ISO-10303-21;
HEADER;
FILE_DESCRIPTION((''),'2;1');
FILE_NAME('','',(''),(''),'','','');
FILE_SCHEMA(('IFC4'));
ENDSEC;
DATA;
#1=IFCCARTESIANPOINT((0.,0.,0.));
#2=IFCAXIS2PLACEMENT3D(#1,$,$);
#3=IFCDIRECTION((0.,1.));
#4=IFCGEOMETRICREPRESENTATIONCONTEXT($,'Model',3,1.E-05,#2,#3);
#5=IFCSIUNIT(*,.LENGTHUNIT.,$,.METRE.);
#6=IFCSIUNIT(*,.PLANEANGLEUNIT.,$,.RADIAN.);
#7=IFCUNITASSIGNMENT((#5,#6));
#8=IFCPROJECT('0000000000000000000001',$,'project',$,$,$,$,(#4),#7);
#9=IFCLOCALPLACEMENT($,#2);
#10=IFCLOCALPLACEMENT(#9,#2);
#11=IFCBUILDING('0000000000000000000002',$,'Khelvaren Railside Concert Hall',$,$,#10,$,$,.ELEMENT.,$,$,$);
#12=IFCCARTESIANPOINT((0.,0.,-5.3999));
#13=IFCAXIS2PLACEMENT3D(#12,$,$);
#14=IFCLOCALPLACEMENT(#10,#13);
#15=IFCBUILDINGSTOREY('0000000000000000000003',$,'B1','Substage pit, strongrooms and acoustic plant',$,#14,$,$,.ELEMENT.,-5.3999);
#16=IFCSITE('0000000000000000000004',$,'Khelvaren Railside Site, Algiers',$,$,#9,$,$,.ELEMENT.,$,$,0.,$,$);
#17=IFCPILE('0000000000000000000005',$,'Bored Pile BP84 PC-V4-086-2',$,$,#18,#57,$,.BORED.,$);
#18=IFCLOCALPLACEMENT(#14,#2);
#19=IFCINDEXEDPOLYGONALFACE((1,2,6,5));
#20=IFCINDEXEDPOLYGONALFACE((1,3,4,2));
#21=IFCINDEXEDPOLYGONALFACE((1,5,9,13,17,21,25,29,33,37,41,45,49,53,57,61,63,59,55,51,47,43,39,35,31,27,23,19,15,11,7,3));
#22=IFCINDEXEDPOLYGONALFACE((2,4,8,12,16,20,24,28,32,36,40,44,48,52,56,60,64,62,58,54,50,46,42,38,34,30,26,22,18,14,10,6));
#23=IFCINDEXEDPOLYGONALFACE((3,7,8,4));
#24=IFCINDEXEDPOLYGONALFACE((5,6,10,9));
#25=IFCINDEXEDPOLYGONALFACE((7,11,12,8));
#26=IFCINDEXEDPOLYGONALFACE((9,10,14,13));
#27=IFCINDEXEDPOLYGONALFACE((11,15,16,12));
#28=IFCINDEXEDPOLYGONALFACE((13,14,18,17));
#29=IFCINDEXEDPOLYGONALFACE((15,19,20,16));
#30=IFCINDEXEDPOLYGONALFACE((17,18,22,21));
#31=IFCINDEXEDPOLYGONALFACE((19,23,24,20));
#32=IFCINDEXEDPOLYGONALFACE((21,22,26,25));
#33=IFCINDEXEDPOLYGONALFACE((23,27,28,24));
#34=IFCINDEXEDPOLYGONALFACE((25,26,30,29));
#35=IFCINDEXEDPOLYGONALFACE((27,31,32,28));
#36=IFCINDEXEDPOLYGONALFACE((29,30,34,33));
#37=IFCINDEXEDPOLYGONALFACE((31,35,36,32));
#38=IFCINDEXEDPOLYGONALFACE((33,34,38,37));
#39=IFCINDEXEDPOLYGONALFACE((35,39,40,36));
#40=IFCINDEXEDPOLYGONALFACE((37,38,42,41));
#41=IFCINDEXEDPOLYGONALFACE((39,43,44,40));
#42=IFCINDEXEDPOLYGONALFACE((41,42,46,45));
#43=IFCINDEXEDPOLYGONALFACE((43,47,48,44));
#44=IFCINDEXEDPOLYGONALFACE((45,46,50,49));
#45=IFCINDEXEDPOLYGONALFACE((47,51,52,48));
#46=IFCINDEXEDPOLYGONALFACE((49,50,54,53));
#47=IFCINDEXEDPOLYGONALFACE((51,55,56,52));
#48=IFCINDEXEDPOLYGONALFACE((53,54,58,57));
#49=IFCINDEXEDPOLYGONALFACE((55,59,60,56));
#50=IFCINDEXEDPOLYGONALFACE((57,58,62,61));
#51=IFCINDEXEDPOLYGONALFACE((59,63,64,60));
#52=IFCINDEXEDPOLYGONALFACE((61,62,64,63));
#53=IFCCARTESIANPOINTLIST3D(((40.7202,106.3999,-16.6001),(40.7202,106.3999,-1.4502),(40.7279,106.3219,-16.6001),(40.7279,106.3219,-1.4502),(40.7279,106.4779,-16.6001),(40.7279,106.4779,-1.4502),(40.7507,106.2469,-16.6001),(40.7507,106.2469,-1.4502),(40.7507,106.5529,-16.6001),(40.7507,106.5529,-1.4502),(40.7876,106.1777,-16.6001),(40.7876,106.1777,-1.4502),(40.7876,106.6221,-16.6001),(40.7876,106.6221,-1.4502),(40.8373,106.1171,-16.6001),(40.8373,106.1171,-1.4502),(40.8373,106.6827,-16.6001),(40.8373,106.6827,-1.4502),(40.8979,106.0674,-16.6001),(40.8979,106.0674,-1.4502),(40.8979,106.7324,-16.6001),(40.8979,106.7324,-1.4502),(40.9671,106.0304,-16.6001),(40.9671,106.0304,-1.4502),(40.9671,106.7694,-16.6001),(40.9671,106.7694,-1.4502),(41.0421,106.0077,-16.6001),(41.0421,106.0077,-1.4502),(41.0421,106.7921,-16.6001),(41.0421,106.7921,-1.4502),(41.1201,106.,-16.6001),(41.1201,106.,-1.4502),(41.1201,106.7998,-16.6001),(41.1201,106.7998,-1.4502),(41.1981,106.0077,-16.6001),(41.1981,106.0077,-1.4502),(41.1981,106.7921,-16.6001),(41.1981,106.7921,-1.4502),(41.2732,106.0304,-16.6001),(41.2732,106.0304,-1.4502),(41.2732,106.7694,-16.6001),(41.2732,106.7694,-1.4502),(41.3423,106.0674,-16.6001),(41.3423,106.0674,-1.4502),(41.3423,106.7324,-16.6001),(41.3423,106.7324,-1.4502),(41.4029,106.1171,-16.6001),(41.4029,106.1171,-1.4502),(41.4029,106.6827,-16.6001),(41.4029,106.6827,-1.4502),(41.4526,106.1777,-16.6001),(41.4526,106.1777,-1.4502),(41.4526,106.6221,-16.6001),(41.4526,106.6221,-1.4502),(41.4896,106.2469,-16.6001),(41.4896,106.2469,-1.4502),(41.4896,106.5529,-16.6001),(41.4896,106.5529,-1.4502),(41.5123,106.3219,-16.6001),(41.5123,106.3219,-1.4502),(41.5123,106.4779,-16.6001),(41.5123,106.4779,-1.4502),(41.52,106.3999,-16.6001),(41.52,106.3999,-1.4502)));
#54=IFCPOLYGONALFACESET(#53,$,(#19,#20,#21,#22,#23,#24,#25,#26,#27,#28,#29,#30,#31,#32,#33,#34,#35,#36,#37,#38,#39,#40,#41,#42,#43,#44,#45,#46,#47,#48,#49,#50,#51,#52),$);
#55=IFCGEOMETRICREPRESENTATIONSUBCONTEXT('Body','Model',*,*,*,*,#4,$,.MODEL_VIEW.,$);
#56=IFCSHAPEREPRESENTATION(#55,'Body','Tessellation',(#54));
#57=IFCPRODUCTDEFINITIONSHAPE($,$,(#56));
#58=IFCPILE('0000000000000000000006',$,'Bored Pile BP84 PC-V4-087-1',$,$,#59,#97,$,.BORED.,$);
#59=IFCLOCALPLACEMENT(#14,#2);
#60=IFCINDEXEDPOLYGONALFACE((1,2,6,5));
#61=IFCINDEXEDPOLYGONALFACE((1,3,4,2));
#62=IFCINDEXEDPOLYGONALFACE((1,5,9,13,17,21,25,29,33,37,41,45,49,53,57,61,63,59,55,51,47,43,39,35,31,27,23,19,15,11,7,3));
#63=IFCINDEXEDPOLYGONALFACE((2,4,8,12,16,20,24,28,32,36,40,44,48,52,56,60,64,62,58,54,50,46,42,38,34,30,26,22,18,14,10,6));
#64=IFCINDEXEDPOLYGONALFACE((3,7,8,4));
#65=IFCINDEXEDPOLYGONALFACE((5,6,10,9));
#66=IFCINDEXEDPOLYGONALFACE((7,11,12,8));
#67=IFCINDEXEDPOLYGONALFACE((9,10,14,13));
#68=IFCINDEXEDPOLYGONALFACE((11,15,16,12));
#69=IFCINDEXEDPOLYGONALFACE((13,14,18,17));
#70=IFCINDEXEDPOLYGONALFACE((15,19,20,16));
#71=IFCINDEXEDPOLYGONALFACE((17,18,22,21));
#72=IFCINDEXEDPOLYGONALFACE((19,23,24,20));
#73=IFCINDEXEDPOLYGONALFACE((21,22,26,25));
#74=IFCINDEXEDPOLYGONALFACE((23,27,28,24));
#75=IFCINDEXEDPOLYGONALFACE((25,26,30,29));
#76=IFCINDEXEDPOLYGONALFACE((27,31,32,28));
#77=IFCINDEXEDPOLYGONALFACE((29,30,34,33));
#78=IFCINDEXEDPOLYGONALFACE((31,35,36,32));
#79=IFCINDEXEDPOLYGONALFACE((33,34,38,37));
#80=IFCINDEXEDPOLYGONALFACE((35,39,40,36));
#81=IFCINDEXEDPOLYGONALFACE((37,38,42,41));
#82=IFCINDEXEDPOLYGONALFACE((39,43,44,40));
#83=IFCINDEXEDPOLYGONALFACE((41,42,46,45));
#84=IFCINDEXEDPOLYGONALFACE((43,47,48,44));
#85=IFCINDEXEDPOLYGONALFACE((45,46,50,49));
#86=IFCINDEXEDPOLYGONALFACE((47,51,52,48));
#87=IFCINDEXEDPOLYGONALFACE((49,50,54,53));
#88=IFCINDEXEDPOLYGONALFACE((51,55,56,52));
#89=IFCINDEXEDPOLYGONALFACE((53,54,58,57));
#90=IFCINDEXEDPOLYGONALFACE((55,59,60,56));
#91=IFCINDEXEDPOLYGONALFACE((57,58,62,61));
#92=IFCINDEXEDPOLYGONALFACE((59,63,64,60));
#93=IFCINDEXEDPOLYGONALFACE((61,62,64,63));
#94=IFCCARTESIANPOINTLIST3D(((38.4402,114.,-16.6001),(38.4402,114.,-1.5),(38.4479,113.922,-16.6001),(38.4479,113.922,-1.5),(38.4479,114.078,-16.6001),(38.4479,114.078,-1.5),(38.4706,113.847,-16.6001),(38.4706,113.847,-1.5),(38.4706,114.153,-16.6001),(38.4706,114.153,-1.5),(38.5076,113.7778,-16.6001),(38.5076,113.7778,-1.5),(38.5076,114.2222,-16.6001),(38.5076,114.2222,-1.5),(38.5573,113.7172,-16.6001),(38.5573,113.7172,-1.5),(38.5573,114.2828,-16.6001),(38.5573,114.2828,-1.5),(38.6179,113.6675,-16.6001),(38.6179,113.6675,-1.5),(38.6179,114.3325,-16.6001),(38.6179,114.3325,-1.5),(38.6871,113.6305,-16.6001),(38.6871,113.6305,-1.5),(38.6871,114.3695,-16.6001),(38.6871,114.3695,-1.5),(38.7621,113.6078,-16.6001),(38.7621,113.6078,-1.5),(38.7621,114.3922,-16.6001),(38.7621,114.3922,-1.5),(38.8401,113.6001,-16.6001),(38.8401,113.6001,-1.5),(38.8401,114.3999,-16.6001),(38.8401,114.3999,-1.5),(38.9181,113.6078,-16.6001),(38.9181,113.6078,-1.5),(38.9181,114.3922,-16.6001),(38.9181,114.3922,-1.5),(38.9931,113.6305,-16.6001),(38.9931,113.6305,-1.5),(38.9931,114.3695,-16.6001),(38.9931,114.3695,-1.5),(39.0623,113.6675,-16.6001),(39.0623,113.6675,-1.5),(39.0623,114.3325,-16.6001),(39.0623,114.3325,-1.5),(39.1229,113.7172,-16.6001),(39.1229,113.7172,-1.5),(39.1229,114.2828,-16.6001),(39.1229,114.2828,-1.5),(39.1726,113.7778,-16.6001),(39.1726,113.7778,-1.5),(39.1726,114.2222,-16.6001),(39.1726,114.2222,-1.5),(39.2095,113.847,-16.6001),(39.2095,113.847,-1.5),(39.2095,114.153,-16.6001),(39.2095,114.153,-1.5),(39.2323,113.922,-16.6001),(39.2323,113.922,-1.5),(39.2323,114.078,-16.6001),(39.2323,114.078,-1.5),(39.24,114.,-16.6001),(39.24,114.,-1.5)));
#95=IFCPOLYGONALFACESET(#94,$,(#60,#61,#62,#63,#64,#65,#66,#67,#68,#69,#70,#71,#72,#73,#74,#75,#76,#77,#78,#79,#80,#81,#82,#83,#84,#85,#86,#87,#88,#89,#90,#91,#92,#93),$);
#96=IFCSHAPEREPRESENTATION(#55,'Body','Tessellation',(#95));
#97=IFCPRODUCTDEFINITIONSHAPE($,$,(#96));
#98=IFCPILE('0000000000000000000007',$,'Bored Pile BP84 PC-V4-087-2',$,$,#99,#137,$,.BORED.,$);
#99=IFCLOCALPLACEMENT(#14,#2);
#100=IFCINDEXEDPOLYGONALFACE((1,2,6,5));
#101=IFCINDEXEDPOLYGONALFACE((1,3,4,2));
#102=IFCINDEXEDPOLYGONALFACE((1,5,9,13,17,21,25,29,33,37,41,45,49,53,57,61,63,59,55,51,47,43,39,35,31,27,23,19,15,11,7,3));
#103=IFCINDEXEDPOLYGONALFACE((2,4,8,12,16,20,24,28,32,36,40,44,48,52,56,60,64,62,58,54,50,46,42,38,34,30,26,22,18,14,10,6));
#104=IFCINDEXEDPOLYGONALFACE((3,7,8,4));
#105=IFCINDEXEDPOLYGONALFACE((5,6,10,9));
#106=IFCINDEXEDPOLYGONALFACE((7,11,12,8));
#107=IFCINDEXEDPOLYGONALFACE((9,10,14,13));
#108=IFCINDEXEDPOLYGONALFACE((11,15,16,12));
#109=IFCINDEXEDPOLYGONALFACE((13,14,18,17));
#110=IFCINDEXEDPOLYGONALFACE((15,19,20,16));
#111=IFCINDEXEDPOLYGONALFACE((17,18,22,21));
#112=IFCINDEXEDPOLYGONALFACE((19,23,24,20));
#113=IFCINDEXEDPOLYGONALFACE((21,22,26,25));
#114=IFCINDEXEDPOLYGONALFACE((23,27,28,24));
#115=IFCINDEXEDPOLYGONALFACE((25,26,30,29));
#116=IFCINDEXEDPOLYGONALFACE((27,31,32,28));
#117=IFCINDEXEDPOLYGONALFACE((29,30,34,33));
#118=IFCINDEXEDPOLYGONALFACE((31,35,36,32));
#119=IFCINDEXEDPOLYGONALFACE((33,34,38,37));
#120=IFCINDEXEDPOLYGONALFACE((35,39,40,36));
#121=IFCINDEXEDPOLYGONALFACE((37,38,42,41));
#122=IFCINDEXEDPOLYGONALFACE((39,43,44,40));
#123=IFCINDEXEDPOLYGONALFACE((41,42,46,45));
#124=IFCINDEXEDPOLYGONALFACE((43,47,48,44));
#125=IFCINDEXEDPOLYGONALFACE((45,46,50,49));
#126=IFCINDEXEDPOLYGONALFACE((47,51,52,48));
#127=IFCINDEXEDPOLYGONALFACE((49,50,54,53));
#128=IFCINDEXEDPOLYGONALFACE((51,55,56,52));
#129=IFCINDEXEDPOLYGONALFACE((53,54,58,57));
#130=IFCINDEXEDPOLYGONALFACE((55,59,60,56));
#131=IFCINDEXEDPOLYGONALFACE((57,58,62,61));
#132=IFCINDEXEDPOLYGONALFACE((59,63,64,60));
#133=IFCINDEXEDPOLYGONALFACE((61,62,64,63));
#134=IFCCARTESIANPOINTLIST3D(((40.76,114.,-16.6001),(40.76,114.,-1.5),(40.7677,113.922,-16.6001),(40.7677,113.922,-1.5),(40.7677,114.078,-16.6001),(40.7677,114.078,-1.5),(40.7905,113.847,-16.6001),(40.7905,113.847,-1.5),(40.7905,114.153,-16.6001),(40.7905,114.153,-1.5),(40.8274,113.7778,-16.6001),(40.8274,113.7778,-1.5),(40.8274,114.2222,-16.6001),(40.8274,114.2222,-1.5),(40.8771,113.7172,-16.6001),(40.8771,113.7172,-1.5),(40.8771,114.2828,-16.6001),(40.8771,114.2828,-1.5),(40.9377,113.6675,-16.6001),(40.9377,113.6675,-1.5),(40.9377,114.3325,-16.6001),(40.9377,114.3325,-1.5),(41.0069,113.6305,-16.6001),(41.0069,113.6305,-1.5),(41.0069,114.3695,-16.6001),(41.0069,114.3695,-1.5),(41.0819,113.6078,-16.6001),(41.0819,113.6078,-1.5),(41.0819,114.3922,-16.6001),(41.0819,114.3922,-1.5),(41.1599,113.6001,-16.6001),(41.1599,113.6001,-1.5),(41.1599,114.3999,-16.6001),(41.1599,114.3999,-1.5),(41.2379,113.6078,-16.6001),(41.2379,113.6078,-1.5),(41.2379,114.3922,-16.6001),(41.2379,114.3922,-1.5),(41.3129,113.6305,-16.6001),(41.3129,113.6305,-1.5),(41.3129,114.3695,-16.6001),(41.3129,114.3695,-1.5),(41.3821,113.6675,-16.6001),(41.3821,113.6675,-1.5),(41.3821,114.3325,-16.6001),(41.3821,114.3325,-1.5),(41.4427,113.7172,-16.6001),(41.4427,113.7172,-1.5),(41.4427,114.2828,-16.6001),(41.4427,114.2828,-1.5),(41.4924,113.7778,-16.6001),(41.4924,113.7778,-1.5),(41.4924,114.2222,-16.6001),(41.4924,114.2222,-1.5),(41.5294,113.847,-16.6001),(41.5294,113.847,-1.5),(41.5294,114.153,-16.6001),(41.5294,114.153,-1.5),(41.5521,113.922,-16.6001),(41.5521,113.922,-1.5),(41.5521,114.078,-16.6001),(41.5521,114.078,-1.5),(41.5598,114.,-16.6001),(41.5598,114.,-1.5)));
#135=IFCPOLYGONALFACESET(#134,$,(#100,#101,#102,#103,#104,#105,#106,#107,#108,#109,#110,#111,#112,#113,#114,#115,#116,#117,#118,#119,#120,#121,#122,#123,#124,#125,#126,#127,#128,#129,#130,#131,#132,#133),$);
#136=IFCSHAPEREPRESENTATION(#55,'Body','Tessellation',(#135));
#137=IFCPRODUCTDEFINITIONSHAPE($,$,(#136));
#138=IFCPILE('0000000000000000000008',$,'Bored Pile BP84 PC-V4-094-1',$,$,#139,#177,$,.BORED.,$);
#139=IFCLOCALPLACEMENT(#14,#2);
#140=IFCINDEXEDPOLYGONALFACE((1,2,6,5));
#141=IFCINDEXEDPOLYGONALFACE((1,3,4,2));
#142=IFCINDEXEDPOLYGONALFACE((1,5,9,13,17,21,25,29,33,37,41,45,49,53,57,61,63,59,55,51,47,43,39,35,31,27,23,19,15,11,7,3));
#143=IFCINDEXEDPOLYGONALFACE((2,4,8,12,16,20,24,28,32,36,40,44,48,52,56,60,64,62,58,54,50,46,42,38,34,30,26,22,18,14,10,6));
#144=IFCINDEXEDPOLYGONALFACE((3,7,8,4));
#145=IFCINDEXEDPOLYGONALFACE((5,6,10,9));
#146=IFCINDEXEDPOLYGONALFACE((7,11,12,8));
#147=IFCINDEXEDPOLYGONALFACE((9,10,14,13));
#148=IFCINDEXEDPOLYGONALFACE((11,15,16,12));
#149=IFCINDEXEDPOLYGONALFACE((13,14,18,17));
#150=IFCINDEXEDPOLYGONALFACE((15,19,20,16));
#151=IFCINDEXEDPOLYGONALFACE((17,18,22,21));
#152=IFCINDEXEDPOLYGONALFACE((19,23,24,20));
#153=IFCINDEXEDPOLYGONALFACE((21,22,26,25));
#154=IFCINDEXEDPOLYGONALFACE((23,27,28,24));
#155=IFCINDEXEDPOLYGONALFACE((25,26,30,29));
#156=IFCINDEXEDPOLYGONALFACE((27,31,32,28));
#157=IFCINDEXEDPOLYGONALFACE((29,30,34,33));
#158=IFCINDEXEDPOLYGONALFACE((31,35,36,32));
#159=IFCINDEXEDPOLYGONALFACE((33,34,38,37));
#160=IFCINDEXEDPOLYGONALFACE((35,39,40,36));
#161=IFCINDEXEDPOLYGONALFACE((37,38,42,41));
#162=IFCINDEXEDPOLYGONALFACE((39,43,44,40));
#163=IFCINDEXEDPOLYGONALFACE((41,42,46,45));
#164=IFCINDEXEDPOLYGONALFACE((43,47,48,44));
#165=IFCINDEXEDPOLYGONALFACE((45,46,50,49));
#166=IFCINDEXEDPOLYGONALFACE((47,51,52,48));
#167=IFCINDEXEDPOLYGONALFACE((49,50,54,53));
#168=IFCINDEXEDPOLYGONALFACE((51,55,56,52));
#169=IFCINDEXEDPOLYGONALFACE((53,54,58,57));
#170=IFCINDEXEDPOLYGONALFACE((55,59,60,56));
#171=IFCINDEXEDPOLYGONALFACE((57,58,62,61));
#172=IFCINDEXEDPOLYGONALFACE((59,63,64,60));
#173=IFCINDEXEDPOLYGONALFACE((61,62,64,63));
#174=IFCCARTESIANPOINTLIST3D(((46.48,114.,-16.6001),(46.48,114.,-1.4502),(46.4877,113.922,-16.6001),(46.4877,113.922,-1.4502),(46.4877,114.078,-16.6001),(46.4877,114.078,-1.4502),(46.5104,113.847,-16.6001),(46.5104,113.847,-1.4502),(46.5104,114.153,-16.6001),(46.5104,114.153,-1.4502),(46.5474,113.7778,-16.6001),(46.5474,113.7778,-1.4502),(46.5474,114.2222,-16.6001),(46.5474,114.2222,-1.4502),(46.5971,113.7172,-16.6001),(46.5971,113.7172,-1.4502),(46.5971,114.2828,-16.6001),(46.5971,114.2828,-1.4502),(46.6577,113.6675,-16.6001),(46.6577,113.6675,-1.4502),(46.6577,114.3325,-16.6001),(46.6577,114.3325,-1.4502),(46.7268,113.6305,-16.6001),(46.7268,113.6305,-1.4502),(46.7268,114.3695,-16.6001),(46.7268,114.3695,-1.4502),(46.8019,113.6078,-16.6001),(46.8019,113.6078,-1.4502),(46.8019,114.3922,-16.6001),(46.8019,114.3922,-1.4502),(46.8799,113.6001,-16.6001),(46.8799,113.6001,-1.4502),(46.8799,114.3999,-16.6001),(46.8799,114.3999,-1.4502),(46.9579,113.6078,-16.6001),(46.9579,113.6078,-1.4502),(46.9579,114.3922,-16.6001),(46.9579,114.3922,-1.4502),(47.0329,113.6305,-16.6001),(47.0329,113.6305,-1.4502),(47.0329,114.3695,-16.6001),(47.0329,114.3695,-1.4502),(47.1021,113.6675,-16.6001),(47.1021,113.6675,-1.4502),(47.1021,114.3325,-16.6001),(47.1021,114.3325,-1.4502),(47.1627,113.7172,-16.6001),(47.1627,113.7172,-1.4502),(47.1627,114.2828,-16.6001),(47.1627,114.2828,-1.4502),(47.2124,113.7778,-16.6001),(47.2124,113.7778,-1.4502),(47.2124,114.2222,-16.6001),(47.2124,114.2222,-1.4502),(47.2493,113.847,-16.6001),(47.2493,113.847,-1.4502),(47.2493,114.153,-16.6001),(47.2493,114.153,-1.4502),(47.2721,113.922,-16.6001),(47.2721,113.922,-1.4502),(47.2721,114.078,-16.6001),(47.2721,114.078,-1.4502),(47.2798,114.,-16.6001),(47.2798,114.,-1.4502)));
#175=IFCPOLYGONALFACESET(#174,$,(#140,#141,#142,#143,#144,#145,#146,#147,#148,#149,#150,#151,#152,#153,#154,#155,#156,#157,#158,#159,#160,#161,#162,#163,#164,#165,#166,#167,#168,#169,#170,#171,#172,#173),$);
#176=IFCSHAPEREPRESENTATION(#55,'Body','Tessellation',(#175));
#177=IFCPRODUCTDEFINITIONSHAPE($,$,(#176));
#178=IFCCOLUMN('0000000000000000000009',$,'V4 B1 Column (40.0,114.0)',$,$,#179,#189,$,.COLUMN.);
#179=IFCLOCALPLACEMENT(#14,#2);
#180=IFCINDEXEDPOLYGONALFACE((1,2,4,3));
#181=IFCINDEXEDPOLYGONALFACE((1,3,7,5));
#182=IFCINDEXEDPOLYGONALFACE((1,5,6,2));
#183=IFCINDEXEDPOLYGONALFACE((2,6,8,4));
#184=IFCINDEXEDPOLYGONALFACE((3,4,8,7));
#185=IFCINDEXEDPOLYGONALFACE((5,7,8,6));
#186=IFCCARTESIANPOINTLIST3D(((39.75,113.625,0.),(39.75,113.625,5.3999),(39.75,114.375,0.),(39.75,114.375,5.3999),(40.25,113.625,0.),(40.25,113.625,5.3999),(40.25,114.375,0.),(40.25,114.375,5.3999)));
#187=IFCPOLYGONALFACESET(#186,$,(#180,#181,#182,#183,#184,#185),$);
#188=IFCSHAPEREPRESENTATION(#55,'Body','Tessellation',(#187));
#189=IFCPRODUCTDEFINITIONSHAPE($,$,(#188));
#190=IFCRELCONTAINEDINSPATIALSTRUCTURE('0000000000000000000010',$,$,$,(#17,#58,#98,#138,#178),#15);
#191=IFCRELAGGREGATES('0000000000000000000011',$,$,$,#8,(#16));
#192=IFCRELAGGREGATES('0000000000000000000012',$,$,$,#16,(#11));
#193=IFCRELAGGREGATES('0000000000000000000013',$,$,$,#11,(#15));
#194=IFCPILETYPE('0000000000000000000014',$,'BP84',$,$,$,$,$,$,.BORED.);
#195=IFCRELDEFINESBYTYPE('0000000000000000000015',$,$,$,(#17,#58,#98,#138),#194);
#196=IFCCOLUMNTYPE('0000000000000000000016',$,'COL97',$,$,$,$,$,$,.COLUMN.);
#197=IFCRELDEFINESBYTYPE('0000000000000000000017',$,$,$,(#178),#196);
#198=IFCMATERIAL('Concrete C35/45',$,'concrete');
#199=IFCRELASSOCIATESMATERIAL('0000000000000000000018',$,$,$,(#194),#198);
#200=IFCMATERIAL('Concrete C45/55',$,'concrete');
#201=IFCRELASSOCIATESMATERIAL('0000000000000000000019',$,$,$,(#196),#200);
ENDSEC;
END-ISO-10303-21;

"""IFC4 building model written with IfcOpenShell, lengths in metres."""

from ifc_helpers import new_model, si_unit, direction, frame, origin, origin_2d, place, context, subcontext, project, spatial, rectangle, circle, extrude, material, material_profile, profile_set, type_object, element, save


model = new_model("IFC4")

# Units and contexts
model_context = context("Model", 3, precision=1e-05, world=origin(), true_north=direction((0.0, 1.0)))
body_context = subcontext(model_context, "Body", "Model", "MODEL_VIEW")
ifc_project = project(units=[si_unit("LENGTHUNIT", "METRE"), si_unit("PLANEANGLEUNIT", "RADIAN")], contexts=[model_context])

# Site, building, storey
site_placement = place(None, origin())
site = spatial("IfcSite", under=ifc_project, at=site_placement, Name="Khelvaren Railside Site, Algiers", CompositionType="ELEMENT", RefElevation=0.0)
building_placement = place(site_placement, origin())
building = spatial("IfcBuilding", under=site, at=building_placement, Name="Khelvaren Railside Concert Hall", CompositionType="ELEMENT")
storey_placement = place(building_placement, frame((0.0, 0.0, -5.3999)))
storey = spatial("IfcBuildingStorey", under=building, at=storey_placement, Name="B1", Description="Substage pit, strongrooms and acoustic plant", CompositionType="ELEMENT", Elevation=-5.3999)

# Piles
ifc_material_1 = material(Name="Concrete C35/45", Category="concrete")
ifc_material_profile_1 = material_profile(ifc_material_1, circle(Radius=0.3999, at=origin_2d()), Name="BP D800")
ifc_profile_set_1 = profile_set([ifc_material_profile_1], Name="Concrete C35/45")
pile_type = type_object("IfcPileType", Name="BP84", PredefinedType="BORED", material=ifc_profile_set_1)
pile_1_placement = place(storey_placement, frame((41.1201, 106.3999, -1.4502), z_axis=(0.0, 0.0, -1.0), x_axis=(1.0, 0.0, 0.0)))
element("IfcPile", 1, at=pile_1_placement, inside=storey, type_object=pile_type, Name="Bored Pile BP84 PC-V4-086-2", PredefinedType="BORED", context=body_context, shape_type="SweptSolid", body=[
    extrude(circle(Radius=0.3999, at=origin_2d()), origin(), (0.0, 0.0, 1.0), 15.1499),
])
for number, where, z_axis, x_axis, name in (
    (2, (38.8401, 114.0, -1.5), (0.0, 0.0, -1.0), (1.0, 0.0, 0.0), "Bored Pile BP84 PC-V4-087-1"),
    (3, (41.1599, 114.0, -1.5), (0.0, 0.0, -1.0), (1.0, 0.0, 0.0), "Bored Pile BP84 PC-V4-087-2"),
):
    element("IfcPile", number, at=place(storey_placement, frame(where, z_axis=z_axis, x_axis=x_axis)), inside=storey, type_object=pile_type, Name=name, PredefinedType="BORED", context=body_context, shape_type="SweptSolid", body=[
        extrude(circle(Radius=0.3999, at=origin_2d()), origin(), (0.0, 0.0, 1.0), 15.1001),
    ])
pile_2_placement = place(storey_placement, frame((46.8799, 114.0, -1.4502), z_axis=(0.0, 0.0, -1.0), x_axis=(1.0, 0.0, 0.0)))
element("IfcPile", 4, at=pile_2_placement, inside=storey, type_object=pile_type, Name="Bored Pile BP84 PC-V4-094-1", PredefinedType="BORED", context=body_context, shape_type="SweptSolid", body=[
    extrude(circle(Radius=0.3999, at=origin_2d()), origin(), (0.0, 0.0, 1.0), 15.1499),
])

# Column
ifc_material_2 = material(Name="Concrete C45/55", Category="concrete")
ifc_material_profile_2 = material_profile(ifc_material_2, rectangle(XDim=0.5, YDim=0.75, at=origin_2d()), Name="RC 500x750")
ifc_profile_set_2 = profile_set([ifc_material_profile_2], Name="Concrete C45/55")
column_type = type_object("IfcColumnType", Name="COL97", PredefinedType="COLUMN", material=ifc_profile_set_2)
column_placement = place(storey_placement, frame((40.0, 114.0, 0.0), z_axis=(0.0, 0.0, 1.0), x_axis=(1.0, 0.0, 0.0)))
element("IfcColumn", 5, at=column_placement, inside=storey, type_object=column_type, Name="V4 B1 Column (40.0,114.0)", PredefinedType="COLUMN", context=body_context, shape_type="SweptSolid", body=[
    extrude(rectangle(XDim=0.5, YDim=0.75, at=origin_2d()), origin(), (0.0, 0.0, 1.0), 5.3999),
])

save(model, "model.ifc")
